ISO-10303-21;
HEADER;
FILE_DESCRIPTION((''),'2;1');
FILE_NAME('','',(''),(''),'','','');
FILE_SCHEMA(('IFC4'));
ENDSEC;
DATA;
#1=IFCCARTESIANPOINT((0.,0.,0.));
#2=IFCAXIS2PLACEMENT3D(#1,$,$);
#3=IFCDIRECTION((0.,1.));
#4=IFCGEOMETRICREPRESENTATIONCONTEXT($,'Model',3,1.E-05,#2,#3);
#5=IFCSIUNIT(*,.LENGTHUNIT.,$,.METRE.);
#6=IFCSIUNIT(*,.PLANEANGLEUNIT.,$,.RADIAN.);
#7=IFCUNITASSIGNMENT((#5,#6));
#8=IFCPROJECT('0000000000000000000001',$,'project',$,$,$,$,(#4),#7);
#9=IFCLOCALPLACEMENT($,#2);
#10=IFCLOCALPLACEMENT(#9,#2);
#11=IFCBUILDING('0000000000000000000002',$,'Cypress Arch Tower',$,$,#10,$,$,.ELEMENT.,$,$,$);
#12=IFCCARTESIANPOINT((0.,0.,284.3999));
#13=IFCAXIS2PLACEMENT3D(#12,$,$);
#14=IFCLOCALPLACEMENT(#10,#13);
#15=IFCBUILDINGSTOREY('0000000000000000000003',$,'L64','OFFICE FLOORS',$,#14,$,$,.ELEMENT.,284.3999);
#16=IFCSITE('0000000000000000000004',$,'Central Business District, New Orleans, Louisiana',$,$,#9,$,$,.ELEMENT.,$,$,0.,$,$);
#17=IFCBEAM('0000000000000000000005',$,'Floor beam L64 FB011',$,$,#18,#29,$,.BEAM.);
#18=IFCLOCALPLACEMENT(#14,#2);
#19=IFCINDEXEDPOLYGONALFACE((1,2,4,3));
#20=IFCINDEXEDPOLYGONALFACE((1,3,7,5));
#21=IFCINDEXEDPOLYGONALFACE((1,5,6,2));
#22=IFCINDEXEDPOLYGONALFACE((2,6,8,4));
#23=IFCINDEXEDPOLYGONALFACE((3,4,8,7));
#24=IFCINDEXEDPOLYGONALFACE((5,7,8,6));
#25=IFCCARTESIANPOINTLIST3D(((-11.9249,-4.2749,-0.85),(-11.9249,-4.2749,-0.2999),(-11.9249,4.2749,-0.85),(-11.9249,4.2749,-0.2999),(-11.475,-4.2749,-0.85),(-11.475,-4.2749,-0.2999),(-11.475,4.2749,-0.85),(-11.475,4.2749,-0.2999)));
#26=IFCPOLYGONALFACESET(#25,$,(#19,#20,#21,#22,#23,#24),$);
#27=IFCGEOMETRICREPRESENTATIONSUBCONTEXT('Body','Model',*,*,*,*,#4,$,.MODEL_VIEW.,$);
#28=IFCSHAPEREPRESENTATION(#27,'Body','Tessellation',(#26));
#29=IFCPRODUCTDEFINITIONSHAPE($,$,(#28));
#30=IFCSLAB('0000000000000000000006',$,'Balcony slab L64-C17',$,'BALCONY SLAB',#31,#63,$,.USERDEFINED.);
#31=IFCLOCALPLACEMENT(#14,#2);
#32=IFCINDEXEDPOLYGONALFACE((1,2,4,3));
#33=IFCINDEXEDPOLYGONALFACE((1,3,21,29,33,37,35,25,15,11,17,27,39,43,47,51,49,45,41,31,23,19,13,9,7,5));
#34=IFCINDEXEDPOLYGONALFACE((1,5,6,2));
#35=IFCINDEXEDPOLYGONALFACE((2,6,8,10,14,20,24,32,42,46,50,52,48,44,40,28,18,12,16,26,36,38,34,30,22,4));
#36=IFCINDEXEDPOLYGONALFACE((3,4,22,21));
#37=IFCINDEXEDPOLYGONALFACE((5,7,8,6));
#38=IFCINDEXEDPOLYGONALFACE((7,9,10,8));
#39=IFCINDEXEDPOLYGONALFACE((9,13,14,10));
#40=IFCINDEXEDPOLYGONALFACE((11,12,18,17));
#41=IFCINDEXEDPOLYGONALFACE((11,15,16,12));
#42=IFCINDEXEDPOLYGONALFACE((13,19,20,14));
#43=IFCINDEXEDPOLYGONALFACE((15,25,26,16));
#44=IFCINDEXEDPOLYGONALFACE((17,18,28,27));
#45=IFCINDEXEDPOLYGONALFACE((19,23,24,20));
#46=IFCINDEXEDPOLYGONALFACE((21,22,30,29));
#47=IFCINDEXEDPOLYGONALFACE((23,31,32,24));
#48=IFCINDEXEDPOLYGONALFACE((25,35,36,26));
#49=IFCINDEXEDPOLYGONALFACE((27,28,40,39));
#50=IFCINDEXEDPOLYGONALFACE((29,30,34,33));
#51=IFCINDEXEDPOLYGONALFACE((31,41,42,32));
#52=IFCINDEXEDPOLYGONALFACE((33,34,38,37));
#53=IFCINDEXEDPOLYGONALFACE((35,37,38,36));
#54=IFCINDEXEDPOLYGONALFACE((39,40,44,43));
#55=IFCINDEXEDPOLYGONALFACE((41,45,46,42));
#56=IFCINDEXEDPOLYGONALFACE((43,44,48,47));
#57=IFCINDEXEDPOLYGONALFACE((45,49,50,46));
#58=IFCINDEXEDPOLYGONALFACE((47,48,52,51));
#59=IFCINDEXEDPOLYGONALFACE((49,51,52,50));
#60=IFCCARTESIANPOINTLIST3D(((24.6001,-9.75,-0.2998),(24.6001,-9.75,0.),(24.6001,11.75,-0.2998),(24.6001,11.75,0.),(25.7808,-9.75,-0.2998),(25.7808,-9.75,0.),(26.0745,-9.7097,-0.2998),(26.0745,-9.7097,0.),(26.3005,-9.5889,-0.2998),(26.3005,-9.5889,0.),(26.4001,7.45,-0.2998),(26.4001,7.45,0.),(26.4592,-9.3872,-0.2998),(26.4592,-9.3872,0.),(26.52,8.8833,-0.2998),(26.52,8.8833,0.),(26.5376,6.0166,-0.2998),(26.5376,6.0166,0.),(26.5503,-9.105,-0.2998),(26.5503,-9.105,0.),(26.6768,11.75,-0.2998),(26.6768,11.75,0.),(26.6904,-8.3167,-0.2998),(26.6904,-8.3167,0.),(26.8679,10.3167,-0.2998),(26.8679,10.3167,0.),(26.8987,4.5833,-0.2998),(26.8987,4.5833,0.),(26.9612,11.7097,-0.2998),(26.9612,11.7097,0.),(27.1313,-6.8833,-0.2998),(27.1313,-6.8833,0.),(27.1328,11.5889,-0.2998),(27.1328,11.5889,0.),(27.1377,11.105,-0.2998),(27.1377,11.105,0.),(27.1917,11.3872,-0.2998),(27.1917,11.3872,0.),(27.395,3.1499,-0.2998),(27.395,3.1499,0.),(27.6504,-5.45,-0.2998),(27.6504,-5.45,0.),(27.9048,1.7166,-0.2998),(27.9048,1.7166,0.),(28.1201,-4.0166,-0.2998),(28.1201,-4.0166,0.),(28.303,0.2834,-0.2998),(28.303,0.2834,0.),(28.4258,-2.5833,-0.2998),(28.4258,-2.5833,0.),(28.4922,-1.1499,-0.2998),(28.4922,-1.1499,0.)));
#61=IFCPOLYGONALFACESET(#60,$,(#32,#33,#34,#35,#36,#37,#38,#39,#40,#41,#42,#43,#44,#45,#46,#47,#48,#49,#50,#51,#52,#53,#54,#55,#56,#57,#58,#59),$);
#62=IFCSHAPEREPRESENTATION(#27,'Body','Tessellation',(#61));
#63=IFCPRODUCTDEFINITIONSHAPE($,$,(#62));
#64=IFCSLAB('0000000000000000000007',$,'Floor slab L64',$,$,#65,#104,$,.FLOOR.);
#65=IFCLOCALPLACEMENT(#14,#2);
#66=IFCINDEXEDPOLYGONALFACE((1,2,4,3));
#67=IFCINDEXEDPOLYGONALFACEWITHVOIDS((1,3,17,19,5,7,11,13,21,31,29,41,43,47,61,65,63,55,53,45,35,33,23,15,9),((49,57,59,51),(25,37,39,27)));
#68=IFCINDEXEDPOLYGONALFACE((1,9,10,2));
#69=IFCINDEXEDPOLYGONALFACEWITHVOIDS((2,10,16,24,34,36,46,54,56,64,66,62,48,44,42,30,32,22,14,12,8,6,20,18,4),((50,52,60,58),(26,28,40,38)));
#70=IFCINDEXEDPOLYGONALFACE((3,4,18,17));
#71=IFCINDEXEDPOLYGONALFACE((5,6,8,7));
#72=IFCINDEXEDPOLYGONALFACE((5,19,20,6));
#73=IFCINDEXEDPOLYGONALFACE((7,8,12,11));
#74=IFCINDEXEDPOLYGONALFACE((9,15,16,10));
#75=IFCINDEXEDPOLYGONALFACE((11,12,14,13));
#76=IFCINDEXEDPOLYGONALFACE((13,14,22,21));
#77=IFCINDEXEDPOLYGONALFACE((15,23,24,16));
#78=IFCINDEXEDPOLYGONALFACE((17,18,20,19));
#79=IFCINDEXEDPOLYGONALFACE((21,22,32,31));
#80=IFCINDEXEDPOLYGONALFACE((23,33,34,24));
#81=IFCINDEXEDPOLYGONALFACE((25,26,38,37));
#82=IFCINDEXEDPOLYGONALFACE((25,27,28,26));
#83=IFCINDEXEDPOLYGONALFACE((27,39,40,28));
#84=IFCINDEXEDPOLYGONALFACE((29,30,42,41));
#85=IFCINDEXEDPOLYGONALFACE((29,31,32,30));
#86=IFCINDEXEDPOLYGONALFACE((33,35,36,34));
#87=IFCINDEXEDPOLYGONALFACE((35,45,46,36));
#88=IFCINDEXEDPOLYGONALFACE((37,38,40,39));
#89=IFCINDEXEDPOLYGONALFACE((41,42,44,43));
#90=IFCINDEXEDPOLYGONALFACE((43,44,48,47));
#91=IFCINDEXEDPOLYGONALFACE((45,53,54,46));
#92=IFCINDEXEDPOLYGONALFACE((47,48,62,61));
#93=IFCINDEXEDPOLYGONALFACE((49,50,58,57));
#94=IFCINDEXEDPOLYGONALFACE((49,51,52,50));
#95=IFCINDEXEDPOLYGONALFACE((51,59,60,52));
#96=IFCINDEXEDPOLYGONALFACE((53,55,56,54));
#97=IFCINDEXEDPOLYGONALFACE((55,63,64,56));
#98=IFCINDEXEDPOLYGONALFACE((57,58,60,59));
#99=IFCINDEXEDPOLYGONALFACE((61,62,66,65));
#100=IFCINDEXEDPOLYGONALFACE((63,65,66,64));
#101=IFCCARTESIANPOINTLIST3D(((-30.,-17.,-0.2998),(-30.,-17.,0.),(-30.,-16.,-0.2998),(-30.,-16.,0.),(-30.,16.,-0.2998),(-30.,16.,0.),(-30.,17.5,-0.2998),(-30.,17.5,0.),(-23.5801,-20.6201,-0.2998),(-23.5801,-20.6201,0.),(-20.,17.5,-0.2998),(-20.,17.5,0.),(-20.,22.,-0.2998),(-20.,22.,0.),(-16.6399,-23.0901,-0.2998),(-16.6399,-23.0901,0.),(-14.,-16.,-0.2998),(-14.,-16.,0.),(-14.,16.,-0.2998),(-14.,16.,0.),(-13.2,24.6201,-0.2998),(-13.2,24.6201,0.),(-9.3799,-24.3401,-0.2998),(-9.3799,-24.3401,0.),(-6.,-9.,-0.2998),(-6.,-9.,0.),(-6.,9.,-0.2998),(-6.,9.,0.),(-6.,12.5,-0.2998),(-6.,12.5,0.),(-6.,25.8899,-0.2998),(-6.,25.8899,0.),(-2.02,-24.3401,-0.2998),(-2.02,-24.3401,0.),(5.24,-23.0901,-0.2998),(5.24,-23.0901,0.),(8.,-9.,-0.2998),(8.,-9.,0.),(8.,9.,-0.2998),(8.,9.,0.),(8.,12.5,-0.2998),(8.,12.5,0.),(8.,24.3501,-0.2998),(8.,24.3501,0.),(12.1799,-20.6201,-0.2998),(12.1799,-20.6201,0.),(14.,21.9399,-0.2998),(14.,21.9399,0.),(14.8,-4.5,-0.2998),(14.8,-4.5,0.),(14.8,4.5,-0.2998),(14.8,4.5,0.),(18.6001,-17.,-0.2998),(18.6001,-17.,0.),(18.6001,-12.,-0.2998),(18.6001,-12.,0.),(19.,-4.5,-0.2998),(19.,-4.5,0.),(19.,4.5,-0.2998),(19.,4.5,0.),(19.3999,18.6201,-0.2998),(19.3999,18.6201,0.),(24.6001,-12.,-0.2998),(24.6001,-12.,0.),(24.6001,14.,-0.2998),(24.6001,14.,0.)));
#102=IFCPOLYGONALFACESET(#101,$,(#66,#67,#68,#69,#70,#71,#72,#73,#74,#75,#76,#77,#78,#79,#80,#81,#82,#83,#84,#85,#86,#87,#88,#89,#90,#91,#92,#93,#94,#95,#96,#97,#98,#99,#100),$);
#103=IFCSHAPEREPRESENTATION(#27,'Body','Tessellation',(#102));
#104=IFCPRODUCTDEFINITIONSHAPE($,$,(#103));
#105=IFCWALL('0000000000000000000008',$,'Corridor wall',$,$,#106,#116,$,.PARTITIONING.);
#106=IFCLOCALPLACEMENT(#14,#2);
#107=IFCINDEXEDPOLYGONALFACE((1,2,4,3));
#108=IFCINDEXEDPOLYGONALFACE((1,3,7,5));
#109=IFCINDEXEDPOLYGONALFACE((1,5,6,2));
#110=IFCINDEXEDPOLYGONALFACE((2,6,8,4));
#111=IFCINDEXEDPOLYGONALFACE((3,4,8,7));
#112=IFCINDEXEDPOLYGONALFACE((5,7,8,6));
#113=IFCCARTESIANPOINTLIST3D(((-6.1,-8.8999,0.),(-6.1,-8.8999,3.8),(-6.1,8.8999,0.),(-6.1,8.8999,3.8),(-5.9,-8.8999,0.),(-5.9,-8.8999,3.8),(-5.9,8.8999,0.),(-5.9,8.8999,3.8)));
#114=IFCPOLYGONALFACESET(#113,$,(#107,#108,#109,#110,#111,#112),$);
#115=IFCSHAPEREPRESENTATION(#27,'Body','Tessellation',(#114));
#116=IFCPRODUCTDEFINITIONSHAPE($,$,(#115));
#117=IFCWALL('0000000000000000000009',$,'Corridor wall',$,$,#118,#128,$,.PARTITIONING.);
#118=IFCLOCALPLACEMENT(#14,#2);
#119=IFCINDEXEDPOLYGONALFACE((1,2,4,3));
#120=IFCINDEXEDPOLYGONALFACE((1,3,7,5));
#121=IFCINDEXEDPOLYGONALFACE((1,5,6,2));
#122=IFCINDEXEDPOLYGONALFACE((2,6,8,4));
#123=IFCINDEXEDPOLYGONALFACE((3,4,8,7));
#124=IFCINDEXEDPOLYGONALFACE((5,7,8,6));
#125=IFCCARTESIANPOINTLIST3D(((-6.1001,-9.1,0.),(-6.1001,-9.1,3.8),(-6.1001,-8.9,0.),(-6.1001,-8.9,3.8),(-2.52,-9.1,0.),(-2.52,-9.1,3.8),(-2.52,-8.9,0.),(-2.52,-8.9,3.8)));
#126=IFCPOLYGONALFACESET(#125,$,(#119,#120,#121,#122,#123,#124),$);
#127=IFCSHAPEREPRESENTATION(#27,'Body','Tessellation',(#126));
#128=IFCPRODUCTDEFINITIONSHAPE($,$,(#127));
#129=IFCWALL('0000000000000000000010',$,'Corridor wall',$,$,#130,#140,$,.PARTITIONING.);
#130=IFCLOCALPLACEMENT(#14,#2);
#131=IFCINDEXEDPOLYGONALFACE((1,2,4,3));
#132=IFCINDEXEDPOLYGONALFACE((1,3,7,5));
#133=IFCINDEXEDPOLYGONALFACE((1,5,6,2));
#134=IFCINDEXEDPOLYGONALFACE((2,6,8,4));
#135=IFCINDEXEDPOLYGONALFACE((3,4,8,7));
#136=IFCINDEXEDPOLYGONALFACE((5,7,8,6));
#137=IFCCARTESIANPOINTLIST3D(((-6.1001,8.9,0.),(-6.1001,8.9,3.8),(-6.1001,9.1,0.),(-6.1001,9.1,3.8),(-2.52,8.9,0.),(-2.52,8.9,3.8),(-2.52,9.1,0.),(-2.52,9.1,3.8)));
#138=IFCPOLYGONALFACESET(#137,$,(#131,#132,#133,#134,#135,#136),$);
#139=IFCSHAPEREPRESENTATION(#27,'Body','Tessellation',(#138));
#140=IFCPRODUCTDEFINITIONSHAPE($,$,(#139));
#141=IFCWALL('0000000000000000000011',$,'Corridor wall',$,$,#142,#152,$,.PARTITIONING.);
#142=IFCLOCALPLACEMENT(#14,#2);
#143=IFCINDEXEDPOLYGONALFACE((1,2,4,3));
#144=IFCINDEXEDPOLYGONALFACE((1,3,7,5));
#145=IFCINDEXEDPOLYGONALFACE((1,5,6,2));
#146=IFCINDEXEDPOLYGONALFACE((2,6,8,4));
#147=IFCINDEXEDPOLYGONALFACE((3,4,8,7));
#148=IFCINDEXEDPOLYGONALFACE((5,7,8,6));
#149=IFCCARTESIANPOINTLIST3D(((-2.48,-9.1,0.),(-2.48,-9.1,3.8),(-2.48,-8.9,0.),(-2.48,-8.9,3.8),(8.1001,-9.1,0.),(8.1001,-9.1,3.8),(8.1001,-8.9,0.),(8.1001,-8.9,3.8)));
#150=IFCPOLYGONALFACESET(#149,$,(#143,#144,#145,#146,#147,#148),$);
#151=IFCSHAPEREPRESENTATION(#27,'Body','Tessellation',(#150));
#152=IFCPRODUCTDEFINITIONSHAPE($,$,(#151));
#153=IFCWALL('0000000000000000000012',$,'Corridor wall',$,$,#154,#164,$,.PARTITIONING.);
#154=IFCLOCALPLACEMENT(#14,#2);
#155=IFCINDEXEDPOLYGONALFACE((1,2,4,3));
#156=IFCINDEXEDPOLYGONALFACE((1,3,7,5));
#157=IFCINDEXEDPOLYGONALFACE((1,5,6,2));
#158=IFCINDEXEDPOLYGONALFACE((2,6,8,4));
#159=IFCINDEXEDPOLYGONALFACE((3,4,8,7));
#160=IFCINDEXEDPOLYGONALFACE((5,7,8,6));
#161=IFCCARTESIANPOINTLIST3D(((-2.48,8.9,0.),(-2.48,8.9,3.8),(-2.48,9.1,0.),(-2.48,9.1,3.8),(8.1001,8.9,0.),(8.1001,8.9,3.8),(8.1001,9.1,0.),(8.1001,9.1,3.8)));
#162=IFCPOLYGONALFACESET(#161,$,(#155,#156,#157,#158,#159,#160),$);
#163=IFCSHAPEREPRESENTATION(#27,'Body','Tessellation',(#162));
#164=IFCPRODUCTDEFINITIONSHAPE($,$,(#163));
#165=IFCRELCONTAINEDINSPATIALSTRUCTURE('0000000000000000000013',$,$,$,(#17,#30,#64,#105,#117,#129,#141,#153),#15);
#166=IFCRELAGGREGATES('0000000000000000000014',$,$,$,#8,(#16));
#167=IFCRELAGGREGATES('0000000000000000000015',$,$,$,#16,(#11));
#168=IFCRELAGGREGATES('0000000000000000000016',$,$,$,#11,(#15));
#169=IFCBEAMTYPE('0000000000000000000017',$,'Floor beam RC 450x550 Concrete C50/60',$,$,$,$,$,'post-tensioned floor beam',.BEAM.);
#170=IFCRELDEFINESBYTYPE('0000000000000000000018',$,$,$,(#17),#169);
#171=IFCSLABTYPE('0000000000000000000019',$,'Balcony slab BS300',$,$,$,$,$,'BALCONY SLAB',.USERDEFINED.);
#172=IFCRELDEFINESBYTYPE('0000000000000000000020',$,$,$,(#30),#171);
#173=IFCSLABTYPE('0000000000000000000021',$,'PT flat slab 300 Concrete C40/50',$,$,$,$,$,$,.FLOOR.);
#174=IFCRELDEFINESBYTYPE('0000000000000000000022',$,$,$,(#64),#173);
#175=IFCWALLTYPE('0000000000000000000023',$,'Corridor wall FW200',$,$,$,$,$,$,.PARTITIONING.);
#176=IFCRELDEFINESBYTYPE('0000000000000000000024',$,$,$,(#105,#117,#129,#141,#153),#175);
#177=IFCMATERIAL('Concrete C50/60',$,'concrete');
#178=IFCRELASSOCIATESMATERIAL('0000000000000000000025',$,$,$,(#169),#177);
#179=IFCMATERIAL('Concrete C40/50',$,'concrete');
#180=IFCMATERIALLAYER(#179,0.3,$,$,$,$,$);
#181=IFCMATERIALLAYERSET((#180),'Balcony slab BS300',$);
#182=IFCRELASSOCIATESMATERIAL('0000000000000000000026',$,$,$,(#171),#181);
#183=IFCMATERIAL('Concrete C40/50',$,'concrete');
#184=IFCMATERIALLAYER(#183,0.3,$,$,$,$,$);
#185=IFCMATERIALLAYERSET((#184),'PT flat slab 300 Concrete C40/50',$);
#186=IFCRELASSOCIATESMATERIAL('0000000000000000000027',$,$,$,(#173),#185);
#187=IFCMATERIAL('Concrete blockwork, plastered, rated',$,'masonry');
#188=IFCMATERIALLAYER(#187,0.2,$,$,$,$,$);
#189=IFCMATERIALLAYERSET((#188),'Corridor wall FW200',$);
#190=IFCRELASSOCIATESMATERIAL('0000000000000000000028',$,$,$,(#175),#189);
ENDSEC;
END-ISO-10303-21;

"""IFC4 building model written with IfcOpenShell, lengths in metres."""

from ifc_helpers import new_model, si_unit, direction, frame, frame_2d, origin, origin_2d, place, context, subcontext, project, spatial, polyline, rectangle, outline, extrude, material, layer, layer_set, material_profile, profile_set, type_object, element, save


model = new_model("IFC4")

# Units and contexts
model_context = context("Model", 3, precision=1e-05, world=origin(), true_north=direction((0.0, 1.0)))
body_context = subcontext(model_context, "Body", "Model", "MODEL_VIEW")
ifc_project = project(units=[si_unit("LENGTHUNIT", "METRE"), si_unit("PLANEANGLEUNIT", "RADIAN")], contexts=[model_context])

# Site, building, storey
site_placement = place(None, origin())
site = spatial("IfcSite", under=ifc_project, at=site_placement, Name="Central Business District, New Orleans, Louisiana", CompositionType="ELEMENT", RefElevation=0.0)
building_placement = place(site_placement, origin())
building = spatial("IfcBuilding", under=site, at=building_placement, Name="Cypress Arch Tower", CompositionType="ELEMENT")
storey_placement = place(building_placement, frame((0.0, 0.0, 284.3999)))
storey = spatial("IfcBuildingStorey", under=building, at=storey_placement, Name="L64", Description="OFFICE FLOORS", CompositionType="ELEMENT", Elevation=284.3999)

# Beam
ifc_material_1 = material(Name="Concrete C50/60", Category="concrete")
ifc_material_profile_1 = material_profile(ifc_material_1, rectangle(XDim=0.45, YDim=0.55, at=origin_2d()), Name="RC 450x550")
ifc_profile_set_1 = profile_set([ifc_material_profile_1], Name="Concrete C50/60")
beam_type = type_object("IfcBeamType", Name="Floor beam RC 450x550 Concrete C50/60", ElementType="post-tensioned floor beam", PredefinedType="BEAM", material=ifc_profile_set_1)
beam_placement = place(storey_placement, frame((-11.7, -4.2749, -0.575), z_axis=(0.0, 1.0, 0.0), x_axis=(-1.0, 0.0, 0.0)))
element("IfcBeam", 1, at=beam_placement, inside=storey, type_object=beam_type, Name="Floor beam L64 FB011", PredefinedType="BEAM", context=body_context, shape_type="SweptSolid", body=[
    extrude(rectangle(XDim=0.45, YDim=0.55, at=origin_2d()), origin(), (0.0, 0.0, 1.0), 8.5498),
])

# Slabs
ifc_material_2 = material(Name="Concrete C40/50", Category="concrete")
ifc_layer_1 = layer(ifc_material_2, 0.3)
ifc_layer_set_1 = layer_set([ifc_layer_1], Name="Balcony slab BS300")
slab_type_1 = type_object("IfcSlabType", Name="Balcony slab BS300", ElementType="BALCONY SLAB", PredefinedType="USERDEFINED", material=ifc_layer_set_1)
slab_1_placement = place(storey_placement, frame((0.0, 0.0, -0.2998)))
element("IfcSlab", 2, at=slab_1_placement, inside=storey, type_object=slab_type_1, Name="Balcony slab L64-C17", ObjectType="BALCONY SLAB", PredefinedType="USERDEFINED", context=body_context, shape_type="SweptSolid", body=[
    extrude(outline(polyline([(24.6001, -9.75), (25.7808, -9.75), (26.0745, -9.7097), (26.3005, -9.5889), (26.4592, -9.3872), (26.5503, -9.105), (26.6904, -8.3167), (27.1313, -6.8833), (27.6504, -5.45), (28.1201, -4.0166), (28.4258, -2.5833), (28.4922, -1.1499), (28.303, 0.2834), (27.9048, 1.7166), (27.395, 3.1499), (26.8987, 4.5833), (26.5376, 6.0166), (26.4001, 7.45), (26.52, 8.8833), (26.8679, 10.3167), (27.1377, 11.105), (27.1917, 11.3872), (27.1328, 11.5889), (26.9612, 11.7097), (26.6768, 11.75), (24.6001, 11.75), (24.6001, -9.75)])), origin(), (0.0, 0.0, 1.0), 0.2998),
])
ifc_material_3 = material(Name="Concrete C40/50", Category="concrete")
ifc_layer_2 = layer(ifc_material_3, 0.3)
ifc_layer_set_2 = layer_set([ifc_layer_2], Name="PT flat slab 300 Concrete C40/50")
slab_type_2 = type_object("IfcSlabType", Name="PT flat slab 300 Concrete C40/50", PredefinedType="FLOOR", material=ifc_layer_set_2)
slab_2_placement = place(storey_placement, frame((0.0, 0.0, -0.2998)))
element("IfcSlab", 3, at=slab_2_placement, inside=storey, type_object=slab_type_2, Name="Floor slab L64", PredefinedType="FLOOR", context=body_context, shape_type="SweptSolid", body=[
    extrude(outline(polyline([(-30.0, 17.5), (-20.0, 17.5), (-20.0, 22.0), (-13.2, 24.6201), (-6.0, 25.8899), (-6.0, 12.5), (8.0, 12.5), (8.0, 24.3501), (14.0, 21.9399), (19.3999, 18.6201), (24.6001, 14.0), (24.6001, -12.0), (18.6001, -12.0), (18.6001, -17.0), (12.1799, -20.6201), (5.24, -23.0901), (-2.02, -24.3401), (-9.3799, -24.3401), (-16.6399, -23.0901), (-23.5801, -20.6201), (-30.0, -17.0), (-30.0, -16.0), (-14.0, -16.0), (-14.0, 16.0), (-30.0, 16.0), (-30.0, 17.5)]), holes=[polyline([(-6.0, -9.0), (8.0, -9.0), (8.0, 9.0), (-6.0, 9.0), (-6.0, -9.0)]), polyline([(14.8, -4.5), (19.0, -4.5), (19.0, 4.5), (14.8, 4.5), (14.8, -4.5)])]), origin(), (0.0, 0.0, 1.0), 0.2998),
])

# Walls
ifc_material_4 = material(Name="Concrete blockwork, plastered, rated", Category="masonry")
ifc_layer_3 = layer(ifc_material_4, 0.2)
ifc_layer_set_3 = layer_set([ifc_layer_3], Name="Corridor wall FW200")
wall_type_1 = type_object("IfcWallType", Name="Corridor wall FW200", PredefinedType="PARTITIONING", material=ifc_layer_set_3)
wall_1_placement = place(storey_placement, frame((-6.0, -8.8999, 0.0), z_axis=(0.0, 0.0, 1.0), x_axis=(0.0, 1.0, 0.0)))
element("IfcWall", 4, at=wall_1_placement, inside=storey, type_object=wall_type_1, Name="Corridor wall", PredefinedType="PARTITIONING", context=body_context, shape_type="SweptSolid", body=[
    extrude(rectangle(XDim=17.7998, YDim=0.2, at=frame_2d((8.8999, 0.0))), origin(), (0.0, 0.0, 1.0), 3.8),
])
for number, where, z_axis, x_axis, name in (
    (5, (-6.1001, -9.0, 0.0), (0.0, 0.0, 1.0), (1.0, 0.0, 0.0), "Corridor wall"),
    (6, (-6.1001, 9.0, 0.0), (0.0, 0.0, 1.0), (1.0, 0.0, 0.0), "Corridor wall"),
):
    element("IfcWall", number, at=place(storey_placement, frame(where, z_axis=z_axis, x_axis=x_axis)), inside=storey, type_object=wall_type_1, Name=name, PredefinedType="PARTITIONING", context=body_context, shape_type="SweptSolid", body=[
        extrude(rectangle(XDim=3.5801, YDim=0.2, at=frame_2d((1.79, 0.0))), origin(), (0.0, 0.0, 1.0), 3.8),
    ])
for number, where, z_axis, x_axis, name in (
    (7, (-2.48, -9.0, 0.0), (0.0, 0.0, 1.0), (1.0, 0.0, 0.0), "Corridor wall"),
    (8, (-2.48, 9.0, 0.0), (0.0, 0.0, 1.0), (1.0, 0.0, 0.0), "Corridor wall"),
):
    element("IfcWall", number, at=place(storey_placement, frame(where, z_axis=z_axis, x_axis=x_axis)), inside=storey, type_object=wall_type_1, Name=name, PredefinedType="PARTITIONING", context=body_context, shape_type="SweptSolid", body=[
        extrude(rectangle(XDim=10.5801, YDim=0.2, at=frame_2d((5.29, 0.0))), origin(), (0.0, 0.0, 1.0), 3.8),
    ])

save(model, "model.ifc")
